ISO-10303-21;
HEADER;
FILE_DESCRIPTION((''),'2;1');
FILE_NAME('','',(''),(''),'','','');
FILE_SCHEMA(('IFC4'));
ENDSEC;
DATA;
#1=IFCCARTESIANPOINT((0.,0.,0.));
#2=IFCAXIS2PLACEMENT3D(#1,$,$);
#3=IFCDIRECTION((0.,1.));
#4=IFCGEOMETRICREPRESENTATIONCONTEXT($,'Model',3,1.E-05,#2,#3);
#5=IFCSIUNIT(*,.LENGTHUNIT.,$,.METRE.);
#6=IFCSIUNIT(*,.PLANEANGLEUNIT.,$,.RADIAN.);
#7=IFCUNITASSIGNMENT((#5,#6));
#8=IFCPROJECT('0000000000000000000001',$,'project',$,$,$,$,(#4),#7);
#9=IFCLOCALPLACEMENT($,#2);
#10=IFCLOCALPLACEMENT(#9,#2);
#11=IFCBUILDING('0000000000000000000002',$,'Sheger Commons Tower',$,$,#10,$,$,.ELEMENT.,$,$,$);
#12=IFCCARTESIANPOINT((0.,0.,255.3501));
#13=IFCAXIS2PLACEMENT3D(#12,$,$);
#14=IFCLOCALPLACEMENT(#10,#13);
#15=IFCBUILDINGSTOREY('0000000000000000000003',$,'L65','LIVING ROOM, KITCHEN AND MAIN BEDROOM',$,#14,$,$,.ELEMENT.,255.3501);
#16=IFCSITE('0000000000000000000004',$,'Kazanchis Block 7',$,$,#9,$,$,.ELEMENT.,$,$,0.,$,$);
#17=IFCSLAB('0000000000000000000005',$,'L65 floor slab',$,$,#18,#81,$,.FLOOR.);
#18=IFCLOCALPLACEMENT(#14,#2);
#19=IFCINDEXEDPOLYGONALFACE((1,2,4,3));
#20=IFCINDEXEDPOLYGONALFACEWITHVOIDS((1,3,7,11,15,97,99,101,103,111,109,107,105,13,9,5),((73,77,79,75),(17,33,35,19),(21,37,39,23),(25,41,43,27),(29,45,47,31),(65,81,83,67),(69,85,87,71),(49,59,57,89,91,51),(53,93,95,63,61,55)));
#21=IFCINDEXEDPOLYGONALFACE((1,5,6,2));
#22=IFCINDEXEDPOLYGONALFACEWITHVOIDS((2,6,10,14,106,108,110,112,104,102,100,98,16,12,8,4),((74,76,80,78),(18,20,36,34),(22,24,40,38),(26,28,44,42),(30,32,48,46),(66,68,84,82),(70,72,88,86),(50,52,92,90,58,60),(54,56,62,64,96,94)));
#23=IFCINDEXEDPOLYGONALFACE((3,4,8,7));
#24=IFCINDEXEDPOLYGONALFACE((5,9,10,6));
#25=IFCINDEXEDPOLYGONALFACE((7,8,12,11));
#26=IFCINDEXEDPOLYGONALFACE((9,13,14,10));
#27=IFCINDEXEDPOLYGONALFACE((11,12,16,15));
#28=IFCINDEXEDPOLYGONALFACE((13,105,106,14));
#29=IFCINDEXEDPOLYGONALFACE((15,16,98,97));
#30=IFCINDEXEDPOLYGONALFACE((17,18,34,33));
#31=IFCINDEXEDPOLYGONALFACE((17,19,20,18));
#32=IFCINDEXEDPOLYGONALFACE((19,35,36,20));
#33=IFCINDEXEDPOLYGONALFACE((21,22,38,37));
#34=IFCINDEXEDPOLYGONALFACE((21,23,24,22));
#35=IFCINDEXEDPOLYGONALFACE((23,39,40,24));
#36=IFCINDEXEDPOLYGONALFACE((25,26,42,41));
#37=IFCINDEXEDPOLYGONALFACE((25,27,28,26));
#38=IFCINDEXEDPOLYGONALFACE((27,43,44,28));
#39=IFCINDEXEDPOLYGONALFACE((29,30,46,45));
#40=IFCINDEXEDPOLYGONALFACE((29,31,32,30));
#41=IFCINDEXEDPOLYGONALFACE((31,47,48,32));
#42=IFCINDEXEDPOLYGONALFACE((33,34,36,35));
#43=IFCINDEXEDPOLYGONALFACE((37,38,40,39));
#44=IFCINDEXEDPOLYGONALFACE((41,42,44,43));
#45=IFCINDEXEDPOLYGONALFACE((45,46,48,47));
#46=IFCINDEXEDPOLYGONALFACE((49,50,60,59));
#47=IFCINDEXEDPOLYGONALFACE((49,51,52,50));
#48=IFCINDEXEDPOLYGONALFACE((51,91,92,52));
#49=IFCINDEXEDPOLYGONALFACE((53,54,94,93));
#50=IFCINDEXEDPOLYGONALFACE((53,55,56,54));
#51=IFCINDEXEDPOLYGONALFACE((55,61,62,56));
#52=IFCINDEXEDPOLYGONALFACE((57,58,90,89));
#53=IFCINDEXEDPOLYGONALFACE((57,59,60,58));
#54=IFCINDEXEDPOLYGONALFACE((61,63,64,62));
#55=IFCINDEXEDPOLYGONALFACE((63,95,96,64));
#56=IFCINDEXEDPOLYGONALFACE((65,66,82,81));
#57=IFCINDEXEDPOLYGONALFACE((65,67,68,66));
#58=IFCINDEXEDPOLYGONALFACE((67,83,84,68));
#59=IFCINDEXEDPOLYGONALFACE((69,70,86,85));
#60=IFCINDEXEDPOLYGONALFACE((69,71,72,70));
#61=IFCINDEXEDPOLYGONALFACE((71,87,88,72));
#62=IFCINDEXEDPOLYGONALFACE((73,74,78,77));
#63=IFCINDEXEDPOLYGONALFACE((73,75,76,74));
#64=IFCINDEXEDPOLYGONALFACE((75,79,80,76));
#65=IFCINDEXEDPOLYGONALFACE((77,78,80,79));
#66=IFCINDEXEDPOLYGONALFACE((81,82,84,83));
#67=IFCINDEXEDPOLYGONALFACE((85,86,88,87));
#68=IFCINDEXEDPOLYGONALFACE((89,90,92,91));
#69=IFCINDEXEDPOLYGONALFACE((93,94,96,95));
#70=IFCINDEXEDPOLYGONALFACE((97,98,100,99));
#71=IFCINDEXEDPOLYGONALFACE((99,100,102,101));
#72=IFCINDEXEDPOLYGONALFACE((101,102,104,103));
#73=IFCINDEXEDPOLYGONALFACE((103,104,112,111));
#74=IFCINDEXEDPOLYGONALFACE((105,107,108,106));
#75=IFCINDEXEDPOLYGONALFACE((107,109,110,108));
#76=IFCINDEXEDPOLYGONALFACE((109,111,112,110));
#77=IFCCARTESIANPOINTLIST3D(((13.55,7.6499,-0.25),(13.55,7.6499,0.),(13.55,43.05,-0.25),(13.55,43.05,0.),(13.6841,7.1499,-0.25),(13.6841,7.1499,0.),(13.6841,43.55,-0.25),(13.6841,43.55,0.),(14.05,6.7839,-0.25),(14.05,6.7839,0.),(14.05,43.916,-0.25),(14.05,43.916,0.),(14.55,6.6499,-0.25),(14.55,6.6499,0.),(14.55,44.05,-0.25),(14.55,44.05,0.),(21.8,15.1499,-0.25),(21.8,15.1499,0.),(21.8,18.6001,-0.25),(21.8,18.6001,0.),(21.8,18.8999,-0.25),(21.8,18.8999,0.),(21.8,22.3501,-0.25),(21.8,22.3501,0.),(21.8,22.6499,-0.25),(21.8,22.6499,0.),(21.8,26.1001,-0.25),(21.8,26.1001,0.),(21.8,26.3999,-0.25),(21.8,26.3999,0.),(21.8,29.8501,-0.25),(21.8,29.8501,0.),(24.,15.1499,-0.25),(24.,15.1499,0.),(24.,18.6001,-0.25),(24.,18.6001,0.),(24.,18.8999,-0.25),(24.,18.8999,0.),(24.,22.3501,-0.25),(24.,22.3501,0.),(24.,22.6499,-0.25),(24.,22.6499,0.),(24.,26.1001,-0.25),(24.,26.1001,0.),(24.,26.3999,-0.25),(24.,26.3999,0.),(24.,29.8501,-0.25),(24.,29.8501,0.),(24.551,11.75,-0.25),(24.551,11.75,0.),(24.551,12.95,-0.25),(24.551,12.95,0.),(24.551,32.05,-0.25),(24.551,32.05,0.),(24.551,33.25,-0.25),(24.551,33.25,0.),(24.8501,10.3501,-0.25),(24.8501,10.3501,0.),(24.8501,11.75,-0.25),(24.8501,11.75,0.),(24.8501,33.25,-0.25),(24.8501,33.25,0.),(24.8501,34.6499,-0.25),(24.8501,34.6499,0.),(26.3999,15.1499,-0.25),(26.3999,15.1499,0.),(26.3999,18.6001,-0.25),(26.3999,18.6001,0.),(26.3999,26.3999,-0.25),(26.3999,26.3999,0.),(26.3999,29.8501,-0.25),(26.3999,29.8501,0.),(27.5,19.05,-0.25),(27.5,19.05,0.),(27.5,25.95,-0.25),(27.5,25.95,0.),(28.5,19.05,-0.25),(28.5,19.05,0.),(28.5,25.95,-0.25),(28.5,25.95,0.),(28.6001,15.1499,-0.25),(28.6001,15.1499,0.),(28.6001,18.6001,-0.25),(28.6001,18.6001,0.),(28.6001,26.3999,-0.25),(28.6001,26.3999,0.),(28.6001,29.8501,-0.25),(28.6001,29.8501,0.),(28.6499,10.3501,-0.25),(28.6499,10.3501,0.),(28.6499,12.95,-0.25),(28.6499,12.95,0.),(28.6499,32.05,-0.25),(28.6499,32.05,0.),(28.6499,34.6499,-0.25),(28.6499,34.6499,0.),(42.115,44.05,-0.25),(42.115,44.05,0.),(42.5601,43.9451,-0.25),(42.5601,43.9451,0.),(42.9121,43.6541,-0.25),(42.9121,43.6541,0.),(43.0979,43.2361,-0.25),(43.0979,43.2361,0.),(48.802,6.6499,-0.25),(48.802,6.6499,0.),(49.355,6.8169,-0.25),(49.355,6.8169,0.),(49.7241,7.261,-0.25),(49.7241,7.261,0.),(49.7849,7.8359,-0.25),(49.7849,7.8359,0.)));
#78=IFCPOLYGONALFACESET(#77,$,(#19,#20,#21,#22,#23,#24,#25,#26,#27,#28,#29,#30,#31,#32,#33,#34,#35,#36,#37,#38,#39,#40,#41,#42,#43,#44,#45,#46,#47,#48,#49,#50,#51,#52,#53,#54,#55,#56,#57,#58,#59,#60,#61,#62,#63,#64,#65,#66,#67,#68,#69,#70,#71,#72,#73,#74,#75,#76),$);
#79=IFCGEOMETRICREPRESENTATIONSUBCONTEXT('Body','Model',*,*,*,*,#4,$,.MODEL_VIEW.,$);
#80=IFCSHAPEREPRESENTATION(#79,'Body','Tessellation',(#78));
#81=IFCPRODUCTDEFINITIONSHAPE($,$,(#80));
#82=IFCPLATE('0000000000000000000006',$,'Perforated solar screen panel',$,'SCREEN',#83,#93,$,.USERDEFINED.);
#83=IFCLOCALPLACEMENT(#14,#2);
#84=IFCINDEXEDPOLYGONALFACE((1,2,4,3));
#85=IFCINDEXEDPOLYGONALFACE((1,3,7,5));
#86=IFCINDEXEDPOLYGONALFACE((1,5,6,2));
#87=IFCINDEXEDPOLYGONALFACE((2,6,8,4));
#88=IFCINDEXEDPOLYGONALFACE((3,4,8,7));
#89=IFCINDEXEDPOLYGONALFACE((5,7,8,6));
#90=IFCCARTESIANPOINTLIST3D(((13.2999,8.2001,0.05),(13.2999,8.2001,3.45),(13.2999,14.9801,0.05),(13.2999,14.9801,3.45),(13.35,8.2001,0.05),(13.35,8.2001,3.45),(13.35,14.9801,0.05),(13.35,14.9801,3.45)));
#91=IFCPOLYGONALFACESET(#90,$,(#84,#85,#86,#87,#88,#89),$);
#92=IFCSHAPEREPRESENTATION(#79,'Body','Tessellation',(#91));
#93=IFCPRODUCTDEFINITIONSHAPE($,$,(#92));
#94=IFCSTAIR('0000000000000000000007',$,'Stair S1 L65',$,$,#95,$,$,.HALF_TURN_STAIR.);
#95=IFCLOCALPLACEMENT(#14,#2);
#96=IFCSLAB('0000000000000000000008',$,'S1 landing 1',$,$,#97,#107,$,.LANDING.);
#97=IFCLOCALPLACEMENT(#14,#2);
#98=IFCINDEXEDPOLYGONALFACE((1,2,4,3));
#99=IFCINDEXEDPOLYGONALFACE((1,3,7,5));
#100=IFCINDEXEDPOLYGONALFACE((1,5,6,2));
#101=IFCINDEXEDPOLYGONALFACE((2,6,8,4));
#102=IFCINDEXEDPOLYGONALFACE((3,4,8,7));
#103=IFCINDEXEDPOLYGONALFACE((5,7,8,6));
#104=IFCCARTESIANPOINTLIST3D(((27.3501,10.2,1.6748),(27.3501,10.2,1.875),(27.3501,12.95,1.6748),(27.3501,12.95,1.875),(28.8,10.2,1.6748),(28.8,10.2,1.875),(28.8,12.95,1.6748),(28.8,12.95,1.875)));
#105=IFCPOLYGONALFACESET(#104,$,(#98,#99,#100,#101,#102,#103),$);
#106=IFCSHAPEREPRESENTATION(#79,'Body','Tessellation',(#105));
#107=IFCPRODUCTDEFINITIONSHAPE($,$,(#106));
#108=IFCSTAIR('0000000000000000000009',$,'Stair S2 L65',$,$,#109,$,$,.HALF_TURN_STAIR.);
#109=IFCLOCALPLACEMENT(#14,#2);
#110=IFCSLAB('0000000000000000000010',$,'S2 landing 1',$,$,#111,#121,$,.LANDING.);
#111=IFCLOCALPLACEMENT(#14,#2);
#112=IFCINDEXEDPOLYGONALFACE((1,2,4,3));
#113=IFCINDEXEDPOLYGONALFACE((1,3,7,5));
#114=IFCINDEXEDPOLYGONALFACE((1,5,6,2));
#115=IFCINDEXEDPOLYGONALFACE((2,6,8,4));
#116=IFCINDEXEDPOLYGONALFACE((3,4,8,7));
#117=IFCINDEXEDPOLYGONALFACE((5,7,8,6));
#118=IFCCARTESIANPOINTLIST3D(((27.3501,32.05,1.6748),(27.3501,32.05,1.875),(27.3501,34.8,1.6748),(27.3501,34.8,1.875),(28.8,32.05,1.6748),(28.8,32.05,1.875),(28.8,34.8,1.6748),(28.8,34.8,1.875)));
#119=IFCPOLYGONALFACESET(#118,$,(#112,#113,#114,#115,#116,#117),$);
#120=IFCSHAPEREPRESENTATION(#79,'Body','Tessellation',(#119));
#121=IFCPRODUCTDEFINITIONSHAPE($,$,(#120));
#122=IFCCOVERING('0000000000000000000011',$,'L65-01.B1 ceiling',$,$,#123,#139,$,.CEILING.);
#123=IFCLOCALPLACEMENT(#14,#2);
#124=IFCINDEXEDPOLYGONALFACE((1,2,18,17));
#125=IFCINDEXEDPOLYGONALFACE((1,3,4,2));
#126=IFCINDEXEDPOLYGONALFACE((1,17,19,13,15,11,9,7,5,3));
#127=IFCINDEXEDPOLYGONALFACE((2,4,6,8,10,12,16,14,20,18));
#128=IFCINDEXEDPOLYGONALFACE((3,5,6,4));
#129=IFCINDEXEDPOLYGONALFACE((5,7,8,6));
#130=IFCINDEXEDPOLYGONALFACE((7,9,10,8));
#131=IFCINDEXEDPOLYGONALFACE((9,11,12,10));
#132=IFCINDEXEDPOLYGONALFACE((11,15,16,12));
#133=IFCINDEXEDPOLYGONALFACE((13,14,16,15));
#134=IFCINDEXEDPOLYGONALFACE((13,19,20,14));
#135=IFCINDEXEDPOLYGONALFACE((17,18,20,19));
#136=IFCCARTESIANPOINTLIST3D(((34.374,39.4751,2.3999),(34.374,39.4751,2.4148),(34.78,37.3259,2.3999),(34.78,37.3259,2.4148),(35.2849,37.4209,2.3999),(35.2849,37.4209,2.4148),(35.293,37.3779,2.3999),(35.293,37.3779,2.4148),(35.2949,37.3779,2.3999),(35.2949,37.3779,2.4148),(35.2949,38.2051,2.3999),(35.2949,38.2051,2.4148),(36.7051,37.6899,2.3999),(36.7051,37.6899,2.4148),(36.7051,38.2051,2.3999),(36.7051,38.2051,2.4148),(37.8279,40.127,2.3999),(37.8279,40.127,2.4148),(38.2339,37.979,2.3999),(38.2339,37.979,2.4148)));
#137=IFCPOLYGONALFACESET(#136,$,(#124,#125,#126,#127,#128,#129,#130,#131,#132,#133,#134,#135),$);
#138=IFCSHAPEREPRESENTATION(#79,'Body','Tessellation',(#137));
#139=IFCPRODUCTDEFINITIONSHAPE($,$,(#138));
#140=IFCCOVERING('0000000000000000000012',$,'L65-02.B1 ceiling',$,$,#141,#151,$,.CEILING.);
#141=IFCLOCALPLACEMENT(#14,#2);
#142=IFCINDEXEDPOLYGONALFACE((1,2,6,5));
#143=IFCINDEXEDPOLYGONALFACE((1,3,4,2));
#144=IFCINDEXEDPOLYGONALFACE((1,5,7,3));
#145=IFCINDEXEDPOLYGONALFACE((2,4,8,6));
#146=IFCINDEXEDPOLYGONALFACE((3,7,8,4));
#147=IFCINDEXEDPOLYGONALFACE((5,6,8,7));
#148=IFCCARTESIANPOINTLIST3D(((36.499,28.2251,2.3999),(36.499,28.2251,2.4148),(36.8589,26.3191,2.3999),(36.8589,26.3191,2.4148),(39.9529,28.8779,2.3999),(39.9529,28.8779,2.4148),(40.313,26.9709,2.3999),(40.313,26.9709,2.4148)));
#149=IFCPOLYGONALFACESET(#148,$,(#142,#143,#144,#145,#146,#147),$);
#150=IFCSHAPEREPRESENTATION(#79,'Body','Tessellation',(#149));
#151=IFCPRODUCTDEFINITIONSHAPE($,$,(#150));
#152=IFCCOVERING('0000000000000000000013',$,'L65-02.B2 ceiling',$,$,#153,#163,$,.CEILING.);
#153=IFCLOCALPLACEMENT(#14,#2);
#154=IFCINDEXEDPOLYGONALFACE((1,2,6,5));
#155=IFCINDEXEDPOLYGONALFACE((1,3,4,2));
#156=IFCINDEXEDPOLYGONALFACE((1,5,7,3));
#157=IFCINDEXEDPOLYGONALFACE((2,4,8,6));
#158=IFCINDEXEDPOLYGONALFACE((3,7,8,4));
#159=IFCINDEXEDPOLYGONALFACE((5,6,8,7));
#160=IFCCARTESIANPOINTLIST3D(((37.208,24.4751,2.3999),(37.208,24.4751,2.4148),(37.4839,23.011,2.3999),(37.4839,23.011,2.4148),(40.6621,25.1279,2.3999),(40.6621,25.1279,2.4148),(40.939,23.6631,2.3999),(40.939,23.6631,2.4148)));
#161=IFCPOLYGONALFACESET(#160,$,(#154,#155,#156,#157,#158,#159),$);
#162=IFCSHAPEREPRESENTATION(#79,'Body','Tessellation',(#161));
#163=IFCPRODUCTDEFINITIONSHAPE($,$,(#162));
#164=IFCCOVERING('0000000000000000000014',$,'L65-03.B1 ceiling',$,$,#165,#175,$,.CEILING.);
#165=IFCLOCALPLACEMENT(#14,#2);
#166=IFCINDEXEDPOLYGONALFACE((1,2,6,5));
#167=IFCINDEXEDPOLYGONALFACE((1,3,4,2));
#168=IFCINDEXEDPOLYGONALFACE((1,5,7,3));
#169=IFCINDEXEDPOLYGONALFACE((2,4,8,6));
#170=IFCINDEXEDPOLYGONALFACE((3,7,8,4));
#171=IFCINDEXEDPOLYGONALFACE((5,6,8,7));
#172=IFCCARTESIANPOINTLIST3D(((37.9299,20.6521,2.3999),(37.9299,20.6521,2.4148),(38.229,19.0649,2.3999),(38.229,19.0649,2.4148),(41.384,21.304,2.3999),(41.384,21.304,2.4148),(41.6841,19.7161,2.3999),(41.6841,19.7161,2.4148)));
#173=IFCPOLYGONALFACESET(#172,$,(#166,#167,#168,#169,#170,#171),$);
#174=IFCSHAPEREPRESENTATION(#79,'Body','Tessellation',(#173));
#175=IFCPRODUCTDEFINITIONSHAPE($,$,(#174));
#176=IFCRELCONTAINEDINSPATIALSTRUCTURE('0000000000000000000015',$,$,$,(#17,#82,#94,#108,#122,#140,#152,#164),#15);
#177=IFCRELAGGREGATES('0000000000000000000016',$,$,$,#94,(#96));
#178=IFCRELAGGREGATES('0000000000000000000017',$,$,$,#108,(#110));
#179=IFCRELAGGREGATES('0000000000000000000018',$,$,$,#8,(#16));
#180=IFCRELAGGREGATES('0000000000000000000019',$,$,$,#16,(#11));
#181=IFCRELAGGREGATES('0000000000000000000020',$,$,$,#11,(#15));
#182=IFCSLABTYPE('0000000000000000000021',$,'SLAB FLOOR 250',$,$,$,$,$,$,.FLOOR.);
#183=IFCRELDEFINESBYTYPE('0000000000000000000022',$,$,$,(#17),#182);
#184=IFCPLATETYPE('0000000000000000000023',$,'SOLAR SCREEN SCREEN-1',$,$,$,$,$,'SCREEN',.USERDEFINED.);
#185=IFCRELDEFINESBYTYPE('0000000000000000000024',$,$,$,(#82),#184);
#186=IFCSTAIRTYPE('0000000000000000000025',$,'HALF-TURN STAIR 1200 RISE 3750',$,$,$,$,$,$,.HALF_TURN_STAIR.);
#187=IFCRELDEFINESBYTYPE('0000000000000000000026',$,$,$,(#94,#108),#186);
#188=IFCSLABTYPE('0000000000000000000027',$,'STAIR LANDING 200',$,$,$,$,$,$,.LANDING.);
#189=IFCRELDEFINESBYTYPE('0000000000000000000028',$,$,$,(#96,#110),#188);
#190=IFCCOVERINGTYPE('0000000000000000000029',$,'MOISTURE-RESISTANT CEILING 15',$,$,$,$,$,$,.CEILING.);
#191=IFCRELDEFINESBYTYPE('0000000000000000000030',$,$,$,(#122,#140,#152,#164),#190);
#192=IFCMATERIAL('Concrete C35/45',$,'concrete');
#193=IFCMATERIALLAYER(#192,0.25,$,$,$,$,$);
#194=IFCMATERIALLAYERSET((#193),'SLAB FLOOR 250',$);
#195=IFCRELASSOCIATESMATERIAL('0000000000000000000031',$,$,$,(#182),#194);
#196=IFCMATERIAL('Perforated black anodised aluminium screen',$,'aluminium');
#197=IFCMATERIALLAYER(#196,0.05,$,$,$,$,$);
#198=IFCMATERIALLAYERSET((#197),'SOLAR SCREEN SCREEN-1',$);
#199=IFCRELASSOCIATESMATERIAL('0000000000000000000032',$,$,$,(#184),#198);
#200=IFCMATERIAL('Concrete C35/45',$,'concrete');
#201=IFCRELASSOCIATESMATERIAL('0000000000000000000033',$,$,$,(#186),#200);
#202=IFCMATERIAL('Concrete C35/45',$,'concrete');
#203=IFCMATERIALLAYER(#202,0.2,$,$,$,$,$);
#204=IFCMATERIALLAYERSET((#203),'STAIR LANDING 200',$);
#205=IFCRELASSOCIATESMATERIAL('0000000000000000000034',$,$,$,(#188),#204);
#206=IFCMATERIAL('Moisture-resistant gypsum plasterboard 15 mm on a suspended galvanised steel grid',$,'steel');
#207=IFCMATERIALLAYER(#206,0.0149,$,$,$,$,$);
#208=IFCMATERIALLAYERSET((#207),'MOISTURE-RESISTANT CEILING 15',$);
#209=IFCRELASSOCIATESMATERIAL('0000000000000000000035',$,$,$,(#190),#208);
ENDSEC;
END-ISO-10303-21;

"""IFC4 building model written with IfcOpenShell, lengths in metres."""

from ifc_helpers import new_model, si_unit, direction, frame, origin, origin_2d, place, context, subcontext, project, spatial, polyline, rectangle, outline, extrude, material, layer, layer_set, type_object, element, aggregate, save


model = new_model("IFC4")

# Units and contexts
model_context = context("Model", 3, precision=1e-05, world=origin(), true_north=direction((0.0, 1.0)))
body_context = subcontext(model_context, "Body", "Model", "MODEL_VIEW")
ifc_project = project(units=[si_unit("LENGTHUNIT", "METRE"), si_unit("PLANEANGLEUNIT", "RADIAN")], contexts=[model_context])

# Site, building, storey
site_placement = place(None, origin())
site = spatial("IfcSite", under=ifc_project, at=site_placement, Name="Kazanchis Block 7", CompositionType="ELEMENT", RefElevation=0.0)
building_placement = place(site_placement, origin())
building = spatial("IfcBuilding", under=site, at=building_placement, Name="Sheger Commons Tower", CompositionType="ELEMENT")
storey_placement = place(building_placement, frame((0.0, 0.0, 255.3501)))
storey = spatial("IfcBuildingStorey", under=building, at=storey_placement, Name="L65", Description="LIVING ROOM, KITCHEN AND MAIN BEDROOM", CompositionType="ELEMENT", Elevation=255.3501)

# Slab
ifc_material_1 = material(Name="Concrete C35/45", Category="concrete")
ifc_layer_1 = layer(ifc_material_1, 0.25)
ifc_layer_set_1 = layer_set([ifc_layer_1], Name="SLAB FLOOR 250")
slab_type_1 = type_object("IfcSlabType", Name="SLAB FLOOR 250", PredefinedType="FLOOR", material=ifc_layer_set_1)
slab_1_placement = place(storey_placement, frame((0.0, 0.0, -0.25)))
element("IfcSlab", 1, at=slab_1_placement, inside=storey, type_object=slab_type_1, Name="L65 floor slab", PredefinedType="FLOOR", context=body_context, shape_type="SweptSolid", body=[
    extrude(outline(polyline([(13.55, 7.6499), (13.6841, 7.1499), (14.05, 6.7839), (14.55, 6.6499), (48.802, 6.6499), (49.355, 6.8169), (49.7241, 7.261), (49.7849, 7.8359), (43.0979, 43.2361), (42.9121, 43.6541), (42.5601, 43.9451), (42.115, 44.05), (14.55, 44.05), (14.05, 43.916), (13.6841, 43.55), (13.55, 43.05), (13.55, 7.6499)]), holes=[polyline([(24.8501, 10.3501), (28.6499, 10.3501), (28.6499, 12.95), (24.551, 12.95), (24.551, 11.75), (24.8501, 11.75), (24.8501, 10.3501)]), polyline([(24.551, 32.05), (28.6499, 32.05), (28.6499, 34.6499), (24.8501, 34.6499), (24.8501, 33.25), (24.551, 33.25), (24.551, 32.05)]), polyline([(26.3999, 15.1499), (28.6001, 15.1499), (28.6001, 18.6001), (26.3999, 18.6001), (26.3999, 15.1499)]), polyline([(26.3999, 26.3999), (28.6001, 26.3999), (28.6001, 29.8501), (26.3999, 29.8501), (26.3999, 26.3999)]), polyline([(21.8, 15.1499), (24.0, 15.1499), (24.0, 18.6001), (21.8, 18.6001), (21.8, 15.1499)]), polyline([(21.8, 18.8999), (24.0, 18.8999), (24.0, 22.3501), (21.8, 22.3501), (21.8, 18.8999)]), polyline([(21.8, 22.6499), (24.0, 22.6499), (24.0, 26.1001), (21.8, 26.1001), (21.8, 22.6499)]), polyline([(21.8, 26.3999), (24.0, 26.3999), (24.0, 29.8501), (21.8, 29.8501), (21.8, 26.3999)]), polyline([(27.5, 19.05), (28.5, 19.05), (28.5, 25.95), (27.5, 25.95), (27.5, 19.05)])]), origin(), (0.0, 0.0, 1.0), 0.25),
])

# Plate
ifc_material_2 = material(Name="Perforated black anodised aluminium screen", Category="aluminium")
ifc_layer_2 = layer(ifc_material_2, 0.05)
ifc_layer_set_2 = layer_set([ifc_layer_2], Name="SOLAR SCREEN SCREEN-1")
plate_type = type_object("IfcPlateType", Name="SOLAR SCREEN SCREEN-1", ElementType="SCREEN", PredefinedType="USERDEFINED", material=ifc_layer_set_2)
plate_placement = place(storey_placement, frame((13.325, 11.5901, 0.05), z_axis=(0.0, 0.0, 1.0), x_axis=(0.0, -1.0, 0.0)))
element("IfcPlate", 2, at=plate_placement, inside=storey, type_object=plate_type, Name="Perforated solar screen panel", ObjectType="SCREEN", PredefinedType="USERDEFINED", context=body_context, shape_type="SweptSolid", body=[
    extrude(rectangle(XDim=6.78, YDim=0.05, at=origin_2d()), origin(), (0.0, 0.0, 1.0), 3.3999),
])

# Stairs, slabs
ifc_material_3 = material(Name="Concrete C35/45", Category="concrete")
stair_type = type_object("IfcStairType", Name="HALF-TURN STAIR 1200 RISE 3750", PredefinedType="HALF_TURN_STAIR", material=ifc_material_3)
stair_1_placement = place(storey_placement, origin())
stair_1 = element("IfcStair", 3, at=stair_1_placement, inside=storey, type_object=stair_type, Name="Stair S1 L65", PredefinedType="HALF_TURN_STAIR")
ifc_material_4 = material(Name="Concrete C35/45", Category="concrete")
ifc_layer_3 = layer(ifc_material_4, 0.2)
ifc_layer_set_3 = layer_set([ifc_layer_3], Name="STAIR LANDING 200")
slab_type_2 = type_object("IfcSlabType", Name="STAIR LANDING 200", PredefinedType="LANDING", material=ifc_layer_set_3)
slab_2_placement = place(storey_placement, frame((0.0, 0.0, 1.6748)))
slab_2 = element("IfcSlab", 4, at=slab_2_placement, type_object=slab_type_2, Name="S1 landing 1", PredefinedType="LANDING", context=body_context, shape_type="SweptSolid", body=[
    extrude(outline(polyline([(27.3501, 10.2), (28.8, 10.2), (28.8, 12.95), (27.3501, 12.95), (27.3501, 10.2)])), origin(), (0.0, 0.0, 1.0), 0.2002),
])
aggregate(stair_1, [slab_2])
stair_2_placement = place(storey_placement, origin())
stair_2 = element("IfcStair", 5, at=stair_2_placement, inside=storey, type_object=stair_type, Name="Stair S2 L65", PredefinedType="HALF_TURN_STAIR")
slab_3_placement = place(storey_placement, frame((0.0, 0.0, 1.6748)))
slab_3 = element("IfcSlab", 6, at=slab_3_placement, type_object=slab_type_2, Name="S2 landing 1", PredefinedType="LANDING", context=body_context, shape_type="SweptSolid", body=[
    extrude(outline(polyline([(27.3501, 32.05), (28.8, 32.05), (28.8, 34.8), (27.3501, 34.8), (27.3501, 32.05)])), origin(), (0.0, 0.0, 1.0), 0.2002),
])
aggregate(stair_2, [slab_3])

# Coverings
ifc_material_5 = material(Name="Moisture-resistant gypsum plasterboard 15 mm on a suspended galvanised steel grid", Category="steel")
ifc_layer_4 = layer(ifc_material_5, 0.0149)
ifc_layer_set_4 = layer_set([ifc_layer_4], Name="MOISTURE-RESISTANT CEILING 15")
covering_type_1 = type_object("IfcCoveringType", Name="MOISTURE-RESISTANT CEILING 15", PredefinedType="CEILING", material=ifc_layer_set_4)
covering_1_placement = place(storey_placement, frame((0.0, 0.0, 2.3999)))
element("IfcCovering", 7, at=covering_1_placement, inside=storey, type_object=covering_type_1, Name="L65-01.B1 ceiling", PredefinedType="CEILING", context=body_context, shape_type="SweptSolid", body=[
    extrude(outline(polyline([(34.78, 37.3259), (35.2849, 37.4209), (35.293, 37.3779), (35.2949, 37.3779), (35.2949, 38.2051), (36.7051, 38.2051), (36.7051, 37.6899), (38.2339, 37.979), (37.8279, 40.127), (34.374, 39.4751), (34.78, 37.3259)])), origin(), (0.0, 0.0, 1.0), 0.0149),
])
covering_2_placement = place(storey_placement, frame((0.0, 0.0, 2.3999)))
element("IfcCovering", 8, at=covering_2_placement, inside=storey, type_object=covering_type_1, Name="L65-02.B1 ceiling", PredefinedType="CEILING", context=body_context, shape_type="SweptSolid", body=[
    extrude(outline(polyline([(36.8589, 26.3191), (40.313, 26.9709), (39.9529, 28.8779), (36.499, 28.2251), (36.8589, 26.3191)])), origin(), (0.0, 0.0, 1.0), 0.0149),
])
covering_3_placement = place(storey_placement, frame((0.0, 0.0, 2.3999)))
element("IfcCovering", 9, at=covering_3_placement, inside=storey, type_object=covering_type_1, Name="L65-02.B2 ceiling", PredefinedType="CEILING", context=body_context, shape_type="SweptSolid", body=[
    extrude(outline(polyline([(37.4839, 23.011), (40.939, 23.6631), (40.6621, 25.1279), (37.208, 24.4751), (37.4839, 23.011)])), origin(), (0.0, 0.0, 1.0), 0.0149),
])
covering_4_placement = place(storey_placement, frame((0.0, 0.0, 2.3999)))
element("IfcCovering", 10, at=covering_4_placement, inside=storey, type_object=covering_type_1, Name="L65-03.B1 ceiling", PredefinedType="CEILING", context=body_context, shape_type="SweptSolid", body=[
    extrude(outline(polyline([(38.229, 19.0649), (41.6841, 19.7161), (41.384, 21.304), (37.9299, 20.6521), (38.229, 19.0649)])), origin(), (0.0, 0.0, 1.0), 0.0149),
])

save(model, "model.ifc")
